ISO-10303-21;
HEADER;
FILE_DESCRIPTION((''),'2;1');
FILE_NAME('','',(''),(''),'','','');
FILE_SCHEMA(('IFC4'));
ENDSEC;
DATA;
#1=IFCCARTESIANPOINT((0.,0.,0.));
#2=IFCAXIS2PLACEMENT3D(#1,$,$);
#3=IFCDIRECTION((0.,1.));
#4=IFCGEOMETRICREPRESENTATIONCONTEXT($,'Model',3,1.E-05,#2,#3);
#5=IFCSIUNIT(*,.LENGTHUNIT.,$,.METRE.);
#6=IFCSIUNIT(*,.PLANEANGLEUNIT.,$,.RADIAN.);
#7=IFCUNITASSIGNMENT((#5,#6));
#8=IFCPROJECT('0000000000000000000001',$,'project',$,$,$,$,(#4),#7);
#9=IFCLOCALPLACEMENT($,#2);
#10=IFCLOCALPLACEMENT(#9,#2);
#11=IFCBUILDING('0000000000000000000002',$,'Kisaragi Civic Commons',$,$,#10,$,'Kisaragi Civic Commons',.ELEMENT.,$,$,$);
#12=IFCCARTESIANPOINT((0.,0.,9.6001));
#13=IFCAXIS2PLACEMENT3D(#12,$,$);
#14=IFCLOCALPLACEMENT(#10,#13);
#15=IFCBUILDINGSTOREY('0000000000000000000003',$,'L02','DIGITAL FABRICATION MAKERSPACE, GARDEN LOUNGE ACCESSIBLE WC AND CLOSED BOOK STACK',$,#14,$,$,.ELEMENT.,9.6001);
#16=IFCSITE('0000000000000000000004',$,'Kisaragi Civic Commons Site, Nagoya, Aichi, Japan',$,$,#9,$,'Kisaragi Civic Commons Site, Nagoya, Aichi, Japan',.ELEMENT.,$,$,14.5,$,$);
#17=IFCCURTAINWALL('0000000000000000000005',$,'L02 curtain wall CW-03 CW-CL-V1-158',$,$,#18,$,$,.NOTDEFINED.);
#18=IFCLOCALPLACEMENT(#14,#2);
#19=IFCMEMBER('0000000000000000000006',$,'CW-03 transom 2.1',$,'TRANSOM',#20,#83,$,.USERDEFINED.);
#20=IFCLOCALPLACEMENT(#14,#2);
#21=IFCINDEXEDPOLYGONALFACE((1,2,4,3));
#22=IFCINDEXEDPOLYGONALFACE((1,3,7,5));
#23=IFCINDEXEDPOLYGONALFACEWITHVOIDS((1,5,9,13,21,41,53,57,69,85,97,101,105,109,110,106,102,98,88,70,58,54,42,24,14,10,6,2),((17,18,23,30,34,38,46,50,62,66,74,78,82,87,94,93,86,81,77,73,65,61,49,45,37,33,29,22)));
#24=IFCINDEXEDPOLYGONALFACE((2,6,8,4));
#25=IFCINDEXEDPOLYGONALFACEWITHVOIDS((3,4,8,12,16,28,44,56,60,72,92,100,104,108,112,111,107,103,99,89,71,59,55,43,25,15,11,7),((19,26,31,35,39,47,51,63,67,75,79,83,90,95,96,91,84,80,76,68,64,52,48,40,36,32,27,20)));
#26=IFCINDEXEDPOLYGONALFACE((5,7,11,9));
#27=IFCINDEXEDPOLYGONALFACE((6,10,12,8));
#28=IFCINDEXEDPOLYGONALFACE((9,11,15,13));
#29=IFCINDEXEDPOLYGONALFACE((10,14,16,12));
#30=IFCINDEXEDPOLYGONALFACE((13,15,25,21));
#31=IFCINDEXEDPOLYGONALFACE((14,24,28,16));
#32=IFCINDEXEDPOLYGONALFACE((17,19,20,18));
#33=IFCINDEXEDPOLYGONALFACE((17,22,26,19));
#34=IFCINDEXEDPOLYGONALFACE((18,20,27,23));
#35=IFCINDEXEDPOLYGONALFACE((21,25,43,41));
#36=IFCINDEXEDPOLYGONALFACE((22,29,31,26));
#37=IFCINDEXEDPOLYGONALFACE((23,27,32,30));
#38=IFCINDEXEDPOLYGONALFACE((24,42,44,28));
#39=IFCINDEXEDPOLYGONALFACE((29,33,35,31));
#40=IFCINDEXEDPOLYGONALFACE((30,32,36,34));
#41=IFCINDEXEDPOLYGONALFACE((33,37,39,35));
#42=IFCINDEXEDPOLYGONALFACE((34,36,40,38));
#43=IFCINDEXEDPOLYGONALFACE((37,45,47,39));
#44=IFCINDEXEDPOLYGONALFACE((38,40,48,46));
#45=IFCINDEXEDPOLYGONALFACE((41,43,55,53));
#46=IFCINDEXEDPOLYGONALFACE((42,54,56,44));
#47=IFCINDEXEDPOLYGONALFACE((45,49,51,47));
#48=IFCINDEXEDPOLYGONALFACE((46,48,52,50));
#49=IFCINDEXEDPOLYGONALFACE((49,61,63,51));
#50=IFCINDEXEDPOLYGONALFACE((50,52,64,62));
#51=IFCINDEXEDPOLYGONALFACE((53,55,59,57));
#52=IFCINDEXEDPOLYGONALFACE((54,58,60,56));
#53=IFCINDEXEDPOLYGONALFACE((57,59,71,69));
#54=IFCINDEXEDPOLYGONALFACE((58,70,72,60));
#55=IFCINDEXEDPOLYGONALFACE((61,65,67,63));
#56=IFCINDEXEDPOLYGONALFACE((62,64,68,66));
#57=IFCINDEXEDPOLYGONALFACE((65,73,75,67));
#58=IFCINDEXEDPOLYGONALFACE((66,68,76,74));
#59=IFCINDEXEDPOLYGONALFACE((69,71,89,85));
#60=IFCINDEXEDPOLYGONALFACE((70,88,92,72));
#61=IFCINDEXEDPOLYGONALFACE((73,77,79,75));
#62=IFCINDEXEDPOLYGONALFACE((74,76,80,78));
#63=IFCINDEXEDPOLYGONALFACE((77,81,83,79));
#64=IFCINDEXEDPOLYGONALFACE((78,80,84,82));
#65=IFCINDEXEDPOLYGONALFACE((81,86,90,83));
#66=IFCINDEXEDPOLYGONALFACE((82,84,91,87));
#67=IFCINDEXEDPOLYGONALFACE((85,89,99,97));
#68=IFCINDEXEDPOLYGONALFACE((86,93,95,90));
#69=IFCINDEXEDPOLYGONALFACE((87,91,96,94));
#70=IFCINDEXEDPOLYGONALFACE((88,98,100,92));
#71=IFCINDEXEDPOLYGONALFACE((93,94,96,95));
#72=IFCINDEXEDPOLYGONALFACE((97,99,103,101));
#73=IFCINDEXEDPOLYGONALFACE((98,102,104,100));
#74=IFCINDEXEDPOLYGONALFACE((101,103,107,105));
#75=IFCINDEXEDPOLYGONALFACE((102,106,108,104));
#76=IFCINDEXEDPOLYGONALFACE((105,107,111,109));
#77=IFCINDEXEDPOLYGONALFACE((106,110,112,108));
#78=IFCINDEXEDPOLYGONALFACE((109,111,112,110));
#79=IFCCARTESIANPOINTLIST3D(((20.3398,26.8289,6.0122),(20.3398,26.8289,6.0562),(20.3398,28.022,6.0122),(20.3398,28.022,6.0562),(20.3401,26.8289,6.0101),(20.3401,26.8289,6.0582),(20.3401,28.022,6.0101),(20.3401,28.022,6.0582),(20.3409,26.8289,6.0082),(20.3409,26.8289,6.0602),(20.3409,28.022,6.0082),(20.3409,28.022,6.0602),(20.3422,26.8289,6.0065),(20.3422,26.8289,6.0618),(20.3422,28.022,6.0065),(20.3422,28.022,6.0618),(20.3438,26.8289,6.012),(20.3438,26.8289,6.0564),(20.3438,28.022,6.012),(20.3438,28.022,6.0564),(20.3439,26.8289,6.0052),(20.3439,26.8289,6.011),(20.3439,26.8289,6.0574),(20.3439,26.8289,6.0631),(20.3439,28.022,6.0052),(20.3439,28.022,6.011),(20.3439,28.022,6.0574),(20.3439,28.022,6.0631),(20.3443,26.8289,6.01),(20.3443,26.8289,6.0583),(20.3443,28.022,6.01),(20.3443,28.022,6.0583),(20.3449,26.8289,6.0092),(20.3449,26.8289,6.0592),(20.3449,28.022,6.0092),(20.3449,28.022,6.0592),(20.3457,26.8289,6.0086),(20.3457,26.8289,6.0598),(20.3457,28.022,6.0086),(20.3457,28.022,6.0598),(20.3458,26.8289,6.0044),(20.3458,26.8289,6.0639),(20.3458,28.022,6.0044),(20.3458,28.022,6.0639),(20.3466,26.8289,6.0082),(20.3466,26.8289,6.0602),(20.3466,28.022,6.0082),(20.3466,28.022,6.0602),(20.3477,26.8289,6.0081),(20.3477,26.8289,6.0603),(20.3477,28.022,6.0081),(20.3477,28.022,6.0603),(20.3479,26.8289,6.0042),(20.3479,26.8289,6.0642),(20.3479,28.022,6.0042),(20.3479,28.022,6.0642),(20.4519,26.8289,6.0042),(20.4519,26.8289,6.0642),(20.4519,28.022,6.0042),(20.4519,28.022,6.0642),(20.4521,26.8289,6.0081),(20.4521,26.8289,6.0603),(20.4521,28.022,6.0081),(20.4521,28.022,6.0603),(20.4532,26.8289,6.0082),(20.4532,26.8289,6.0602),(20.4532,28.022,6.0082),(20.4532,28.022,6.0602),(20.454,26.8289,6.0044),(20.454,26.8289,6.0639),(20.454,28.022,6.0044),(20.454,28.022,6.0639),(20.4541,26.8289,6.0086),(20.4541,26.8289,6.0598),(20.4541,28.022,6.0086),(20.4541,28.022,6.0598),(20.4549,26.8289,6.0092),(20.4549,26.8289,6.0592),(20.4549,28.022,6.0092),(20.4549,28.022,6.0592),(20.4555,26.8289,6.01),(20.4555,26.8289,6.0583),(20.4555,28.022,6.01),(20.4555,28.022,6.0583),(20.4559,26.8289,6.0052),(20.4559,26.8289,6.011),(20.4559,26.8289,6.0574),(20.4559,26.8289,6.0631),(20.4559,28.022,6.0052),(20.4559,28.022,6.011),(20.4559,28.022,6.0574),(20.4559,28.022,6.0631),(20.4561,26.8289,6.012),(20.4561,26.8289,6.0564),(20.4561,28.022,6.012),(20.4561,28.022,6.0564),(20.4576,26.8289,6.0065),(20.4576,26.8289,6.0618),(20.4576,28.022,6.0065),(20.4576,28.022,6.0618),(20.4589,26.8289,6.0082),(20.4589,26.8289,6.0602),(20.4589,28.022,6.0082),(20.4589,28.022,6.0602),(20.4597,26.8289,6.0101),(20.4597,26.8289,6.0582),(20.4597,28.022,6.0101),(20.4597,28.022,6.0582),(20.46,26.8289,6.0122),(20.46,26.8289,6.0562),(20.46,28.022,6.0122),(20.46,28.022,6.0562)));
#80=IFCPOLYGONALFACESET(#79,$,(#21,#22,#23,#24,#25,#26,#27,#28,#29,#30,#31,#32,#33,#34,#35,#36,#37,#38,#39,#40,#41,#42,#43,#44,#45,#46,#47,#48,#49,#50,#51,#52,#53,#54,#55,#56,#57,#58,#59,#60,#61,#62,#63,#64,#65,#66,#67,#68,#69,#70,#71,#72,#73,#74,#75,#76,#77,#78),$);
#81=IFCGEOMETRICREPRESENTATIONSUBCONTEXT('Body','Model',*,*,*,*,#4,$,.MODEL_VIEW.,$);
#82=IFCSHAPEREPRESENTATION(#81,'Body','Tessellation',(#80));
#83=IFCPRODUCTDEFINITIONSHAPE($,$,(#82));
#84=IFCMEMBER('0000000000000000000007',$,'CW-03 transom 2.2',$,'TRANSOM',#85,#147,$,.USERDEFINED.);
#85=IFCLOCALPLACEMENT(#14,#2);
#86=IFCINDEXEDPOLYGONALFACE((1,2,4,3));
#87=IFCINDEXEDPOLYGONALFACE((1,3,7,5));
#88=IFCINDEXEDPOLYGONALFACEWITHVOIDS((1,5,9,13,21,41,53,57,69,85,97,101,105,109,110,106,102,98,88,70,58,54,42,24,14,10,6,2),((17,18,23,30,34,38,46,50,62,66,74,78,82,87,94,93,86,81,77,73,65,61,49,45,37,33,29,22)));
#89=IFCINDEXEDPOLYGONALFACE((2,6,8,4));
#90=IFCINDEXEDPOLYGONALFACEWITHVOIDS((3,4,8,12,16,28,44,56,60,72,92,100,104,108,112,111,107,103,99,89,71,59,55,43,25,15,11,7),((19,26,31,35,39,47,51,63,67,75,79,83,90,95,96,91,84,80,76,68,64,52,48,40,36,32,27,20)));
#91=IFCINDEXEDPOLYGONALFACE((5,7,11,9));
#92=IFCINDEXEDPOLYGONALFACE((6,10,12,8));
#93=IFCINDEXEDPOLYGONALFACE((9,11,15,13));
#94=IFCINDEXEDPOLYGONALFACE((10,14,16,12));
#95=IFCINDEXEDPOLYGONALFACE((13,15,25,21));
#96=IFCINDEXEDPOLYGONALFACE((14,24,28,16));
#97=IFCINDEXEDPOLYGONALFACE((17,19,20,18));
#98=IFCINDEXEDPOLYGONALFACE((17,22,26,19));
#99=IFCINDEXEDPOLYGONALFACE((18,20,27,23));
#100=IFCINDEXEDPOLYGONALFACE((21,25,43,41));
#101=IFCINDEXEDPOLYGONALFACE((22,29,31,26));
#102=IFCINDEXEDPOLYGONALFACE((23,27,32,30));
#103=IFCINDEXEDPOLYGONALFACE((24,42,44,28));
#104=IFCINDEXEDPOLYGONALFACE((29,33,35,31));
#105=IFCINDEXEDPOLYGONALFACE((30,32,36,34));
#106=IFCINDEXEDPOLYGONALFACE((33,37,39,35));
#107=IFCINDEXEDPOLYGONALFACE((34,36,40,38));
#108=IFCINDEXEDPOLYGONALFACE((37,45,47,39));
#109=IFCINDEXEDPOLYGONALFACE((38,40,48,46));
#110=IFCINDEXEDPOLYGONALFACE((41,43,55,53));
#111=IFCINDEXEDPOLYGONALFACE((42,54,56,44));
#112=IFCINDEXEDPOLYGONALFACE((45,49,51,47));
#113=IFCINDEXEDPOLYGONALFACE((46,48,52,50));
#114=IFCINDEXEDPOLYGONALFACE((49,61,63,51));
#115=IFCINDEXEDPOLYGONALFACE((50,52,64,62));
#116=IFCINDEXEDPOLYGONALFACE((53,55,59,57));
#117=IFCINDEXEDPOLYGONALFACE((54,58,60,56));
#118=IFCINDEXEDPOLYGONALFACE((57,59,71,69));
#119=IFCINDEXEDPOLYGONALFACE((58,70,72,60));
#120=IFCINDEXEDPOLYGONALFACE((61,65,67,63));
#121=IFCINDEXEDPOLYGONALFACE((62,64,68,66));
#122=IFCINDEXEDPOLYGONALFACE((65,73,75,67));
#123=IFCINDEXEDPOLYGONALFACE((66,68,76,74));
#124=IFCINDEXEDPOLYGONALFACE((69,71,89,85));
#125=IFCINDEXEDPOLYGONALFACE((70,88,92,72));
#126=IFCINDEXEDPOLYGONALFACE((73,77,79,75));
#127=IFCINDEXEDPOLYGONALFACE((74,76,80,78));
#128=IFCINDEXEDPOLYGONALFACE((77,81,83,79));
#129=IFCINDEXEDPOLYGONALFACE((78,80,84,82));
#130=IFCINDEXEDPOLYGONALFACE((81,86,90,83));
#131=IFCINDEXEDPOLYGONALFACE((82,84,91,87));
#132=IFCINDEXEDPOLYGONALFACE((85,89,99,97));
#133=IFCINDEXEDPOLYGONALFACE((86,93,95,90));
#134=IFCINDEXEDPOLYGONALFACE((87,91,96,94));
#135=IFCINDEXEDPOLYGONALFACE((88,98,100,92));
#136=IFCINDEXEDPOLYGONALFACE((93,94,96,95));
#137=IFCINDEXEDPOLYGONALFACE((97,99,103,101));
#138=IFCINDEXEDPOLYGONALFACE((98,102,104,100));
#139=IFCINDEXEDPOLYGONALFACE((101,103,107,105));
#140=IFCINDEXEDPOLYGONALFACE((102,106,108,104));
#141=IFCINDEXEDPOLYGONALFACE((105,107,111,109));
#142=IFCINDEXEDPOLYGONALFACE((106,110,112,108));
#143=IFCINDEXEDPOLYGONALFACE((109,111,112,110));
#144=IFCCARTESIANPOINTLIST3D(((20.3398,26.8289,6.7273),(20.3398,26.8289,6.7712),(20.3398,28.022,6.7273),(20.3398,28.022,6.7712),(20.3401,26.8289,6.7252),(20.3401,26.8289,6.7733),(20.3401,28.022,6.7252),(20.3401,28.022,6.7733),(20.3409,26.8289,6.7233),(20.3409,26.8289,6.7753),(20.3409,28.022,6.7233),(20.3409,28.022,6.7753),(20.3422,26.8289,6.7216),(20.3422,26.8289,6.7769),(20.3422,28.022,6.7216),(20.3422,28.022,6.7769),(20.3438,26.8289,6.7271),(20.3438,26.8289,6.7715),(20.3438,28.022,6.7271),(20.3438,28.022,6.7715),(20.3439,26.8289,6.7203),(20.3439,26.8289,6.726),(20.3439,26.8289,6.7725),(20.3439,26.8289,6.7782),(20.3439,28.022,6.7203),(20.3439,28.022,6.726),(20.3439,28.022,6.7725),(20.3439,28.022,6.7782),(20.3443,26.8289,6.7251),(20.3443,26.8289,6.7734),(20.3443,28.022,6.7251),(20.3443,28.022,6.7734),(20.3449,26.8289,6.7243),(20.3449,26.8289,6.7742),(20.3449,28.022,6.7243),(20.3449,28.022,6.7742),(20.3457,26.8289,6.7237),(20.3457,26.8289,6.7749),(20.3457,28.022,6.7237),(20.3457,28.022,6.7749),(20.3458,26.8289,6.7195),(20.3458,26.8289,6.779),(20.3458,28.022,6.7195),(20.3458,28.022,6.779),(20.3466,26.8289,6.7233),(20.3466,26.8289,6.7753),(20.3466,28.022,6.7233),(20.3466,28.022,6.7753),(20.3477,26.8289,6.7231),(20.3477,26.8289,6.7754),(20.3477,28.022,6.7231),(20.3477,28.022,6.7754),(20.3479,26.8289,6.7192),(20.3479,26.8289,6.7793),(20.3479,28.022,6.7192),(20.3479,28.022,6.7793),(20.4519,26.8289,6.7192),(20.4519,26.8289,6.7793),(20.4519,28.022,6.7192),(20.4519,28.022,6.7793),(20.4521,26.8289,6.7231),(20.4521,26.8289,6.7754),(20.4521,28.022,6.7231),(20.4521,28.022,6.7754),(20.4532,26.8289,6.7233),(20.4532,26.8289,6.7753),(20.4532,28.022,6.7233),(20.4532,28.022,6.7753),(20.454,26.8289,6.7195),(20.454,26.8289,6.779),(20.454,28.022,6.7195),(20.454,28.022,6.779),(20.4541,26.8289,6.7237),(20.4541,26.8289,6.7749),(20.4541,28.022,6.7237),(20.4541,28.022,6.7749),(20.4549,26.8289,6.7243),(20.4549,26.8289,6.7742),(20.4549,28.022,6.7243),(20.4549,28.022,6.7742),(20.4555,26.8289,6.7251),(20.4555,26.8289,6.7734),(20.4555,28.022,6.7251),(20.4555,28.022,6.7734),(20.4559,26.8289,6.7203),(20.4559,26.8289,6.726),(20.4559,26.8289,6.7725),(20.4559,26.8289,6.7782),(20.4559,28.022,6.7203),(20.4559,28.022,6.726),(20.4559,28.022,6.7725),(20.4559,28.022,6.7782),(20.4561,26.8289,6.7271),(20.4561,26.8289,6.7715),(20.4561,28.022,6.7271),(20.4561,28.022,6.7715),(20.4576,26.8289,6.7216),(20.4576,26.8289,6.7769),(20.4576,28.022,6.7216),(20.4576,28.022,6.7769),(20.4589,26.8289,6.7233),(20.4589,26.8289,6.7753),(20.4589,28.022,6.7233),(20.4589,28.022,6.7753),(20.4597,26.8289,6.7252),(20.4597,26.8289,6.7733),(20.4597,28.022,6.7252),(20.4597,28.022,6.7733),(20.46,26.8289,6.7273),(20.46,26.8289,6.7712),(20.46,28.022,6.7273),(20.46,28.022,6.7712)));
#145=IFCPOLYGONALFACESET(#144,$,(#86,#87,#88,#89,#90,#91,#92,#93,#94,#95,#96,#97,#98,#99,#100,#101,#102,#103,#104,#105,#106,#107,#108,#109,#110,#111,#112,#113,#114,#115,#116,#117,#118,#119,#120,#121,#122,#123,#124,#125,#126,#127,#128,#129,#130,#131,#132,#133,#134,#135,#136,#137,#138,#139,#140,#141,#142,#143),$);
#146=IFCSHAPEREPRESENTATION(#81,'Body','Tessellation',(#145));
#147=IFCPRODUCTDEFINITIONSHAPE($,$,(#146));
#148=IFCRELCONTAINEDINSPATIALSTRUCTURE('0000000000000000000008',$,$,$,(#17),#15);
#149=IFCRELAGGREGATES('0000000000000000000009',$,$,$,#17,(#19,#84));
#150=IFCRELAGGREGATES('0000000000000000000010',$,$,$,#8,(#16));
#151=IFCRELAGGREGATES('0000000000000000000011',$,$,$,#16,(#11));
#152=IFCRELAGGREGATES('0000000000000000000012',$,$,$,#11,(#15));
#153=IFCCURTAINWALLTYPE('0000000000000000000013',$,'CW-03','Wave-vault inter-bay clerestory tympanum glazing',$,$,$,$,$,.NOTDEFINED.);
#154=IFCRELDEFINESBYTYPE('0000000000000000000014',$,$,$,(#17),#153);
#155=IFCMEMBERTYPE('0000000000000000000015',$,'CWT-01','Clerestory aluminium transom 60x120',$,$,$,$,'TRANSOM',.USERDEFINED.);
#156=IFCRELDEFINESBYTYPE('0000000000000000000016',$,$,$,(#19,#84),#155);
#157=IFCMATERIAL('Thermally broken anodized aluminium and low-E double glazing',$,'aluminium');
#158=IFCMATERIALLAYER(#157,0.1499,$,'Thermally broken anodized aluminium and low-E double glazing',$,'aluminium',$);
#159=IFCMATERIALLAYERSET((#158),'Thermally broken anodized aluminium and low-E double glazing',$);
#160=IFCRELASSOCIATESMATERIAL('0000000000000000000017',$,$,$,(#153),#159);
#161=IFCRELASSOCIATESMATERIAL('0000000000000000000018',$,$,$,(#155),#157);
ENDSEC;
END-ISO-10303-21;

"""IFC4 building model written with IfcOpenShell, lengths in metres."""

from ifc_helpers import new_model, si_unit, direction, frame, origin, origin_2d, place, context, subcontext, project, spatial, hollow_rectangle, extrude, material, layer, layer_set, material_profile, profile_set, type_object, element, aggregate, save


model = new_model("IFC4")

# Units and contexts
model_context = context("Model", 3, precision=1e-05, world=origin(), true_north=direction((0.0, 1.0)))
body_context = subcontext(model_context, "Body", "Model", "MODEL_VIEW")
ifc_project = project(units=[si_unit("LENGTHUNIT", "METRE"), si_unit("PLANEANGLEUNIT", "RADIAN")], contexts=[model_context])

# Site, building, storey
site_placement = place(None, origin())
site = spatial("IfcSite", under=ifc_project, at=site_placement, Name="Kisaragi Civic Commons Site, Nagoya, Aichi, Japan", LongName="Kisaragi Civic Commons Site, Nagoya, Aichi, Japan", CompositionType="ELEMENT", RefElevation=14.5)
building_placement = place(site_placement, origin())
building = spatial("IfcBuilding", under=site, at=building_placement, Name="Kisaragi Civic Commons", LongName="Kisaragi Civic Commons", CompositionType="ELEMENT")
storey_placement = place(building_placement, frame((0.0, 0.0, 9.6001)))
storey = spatial("IfcBuildingStorey", under=building, at=storey_placement, Name="L02", Description="DIGITAL FABRICATION MAKERSPACE, GARDEN LOUNGE ACCESSIBLE WC AND CLOSED BOOK STACK", CompositionType="ELEMENT", Elevation=9.6001)

# Curtain wall
ifc_material_1 = material(Name="Thermally broken anodized aluminium and low-E double glazing", Category="aluminium")
ifc_layer_1 = layer(ifc_material_1, 0.1499, Name="Thermally broken anodized aluminium and low-E double glazing", Category="aluminium")
ifc_layer_set_1 = layer_set([ifc_layer_1], Name="Thermally broken anodized aluminium and low-E double glazing")
curtain_wall_type = type_object("IfcCurtainWallType", Name="CW-03", Description="Wave-vault inter-bay clerestory tympanum glazing", PredefinedType="NOTDEFINED", material=ifc_layer_set_1)
curtain_wall_1_placement = place(storey_placement, origin())
curtain_wall_1 = element("IfcCurtainWall", 1, at=curtain_wall_1_placement, inside=storey, type_object=curtain_wall_type, Name="L02 curtain wall CW-03 CW-CL-V1-158", PredefinedType="NOTDEFINED")

# Members
ifc_material_profile_1 = material_profile(ifc_material_1, hollow_rectangle(XDim=0.1201, YDim=0.0601, WallThickness=0.0039, InnerFilletRadius=0.0039, OuterFilletRadius=0.0081, at=origin_2d()), Name="CWT-60x120x4", Category="aluminium")
ifc_profile_set_1 = profile_set([ifc_material_profile_1], Name="Thermally broken anodized aluminium and low-E double glazing")
member_type_1 = type_object("IfcMemberType", Name="CWT-01", Description="Clerestory aluminium transom 60x120", ElementType="TRANSOM", PredefinedType="USERDEFINED", material=ifc_profile_set_1)
member_1_placement = place(storey_placement, frame((20.3999, 26.8289, 6.0342), z_axis=(0.0, 1.0, 0.0), x_axis=(-1.0, 0.0, 0.0)))
member_1 = element("IfcMember", 2, at=member_1_placement, type_object=member_type_1, Name="CW-03 transom 2.1", ObjectType="TRANSOM", PredefinedType="USERDEFINED", context=body_context, shape_type="SweptSolid", body=[
    extrude(hollow_rectangle(XDim=0.1201, YDim=0.0601, WallThickness=0.0039, InnerFilletRadius=0.0039, OuterFilletRadius=0.0081, at=origin_2d()), origin(), (0.0, 0.0, 1.0), 1.1931),
])
member_2_placement = place(storey_placement, frame((20.3999, 26.8289, 6.7493), z_axis=(0.0, 1.0, 0.0), x_axis=(-1.0, 0.0, 0.0)))
member_2 = element("IfcMember", 3, at=member_2_placement, type_object=member_type_1, Name="CW-03 transom 2.2", ObjectType="TRANSOM", PredefinedType="USERDEFINED", context=body_context, shape_type="SweptSolid", body=[
    extrude(hollow_rectangle(XDim=0.1201, YDim=0.0601, WallThickness=0.0039, InnerFilletRadius=0.0039, OuterFilletRadius=0.0081, at=origin_2d()), origin(), (0.0, 0.0, 1.0), 1.1931),
])

aggregate(curtain_wall_1, [member_1, member_2])

save(model, "model.ifc")
